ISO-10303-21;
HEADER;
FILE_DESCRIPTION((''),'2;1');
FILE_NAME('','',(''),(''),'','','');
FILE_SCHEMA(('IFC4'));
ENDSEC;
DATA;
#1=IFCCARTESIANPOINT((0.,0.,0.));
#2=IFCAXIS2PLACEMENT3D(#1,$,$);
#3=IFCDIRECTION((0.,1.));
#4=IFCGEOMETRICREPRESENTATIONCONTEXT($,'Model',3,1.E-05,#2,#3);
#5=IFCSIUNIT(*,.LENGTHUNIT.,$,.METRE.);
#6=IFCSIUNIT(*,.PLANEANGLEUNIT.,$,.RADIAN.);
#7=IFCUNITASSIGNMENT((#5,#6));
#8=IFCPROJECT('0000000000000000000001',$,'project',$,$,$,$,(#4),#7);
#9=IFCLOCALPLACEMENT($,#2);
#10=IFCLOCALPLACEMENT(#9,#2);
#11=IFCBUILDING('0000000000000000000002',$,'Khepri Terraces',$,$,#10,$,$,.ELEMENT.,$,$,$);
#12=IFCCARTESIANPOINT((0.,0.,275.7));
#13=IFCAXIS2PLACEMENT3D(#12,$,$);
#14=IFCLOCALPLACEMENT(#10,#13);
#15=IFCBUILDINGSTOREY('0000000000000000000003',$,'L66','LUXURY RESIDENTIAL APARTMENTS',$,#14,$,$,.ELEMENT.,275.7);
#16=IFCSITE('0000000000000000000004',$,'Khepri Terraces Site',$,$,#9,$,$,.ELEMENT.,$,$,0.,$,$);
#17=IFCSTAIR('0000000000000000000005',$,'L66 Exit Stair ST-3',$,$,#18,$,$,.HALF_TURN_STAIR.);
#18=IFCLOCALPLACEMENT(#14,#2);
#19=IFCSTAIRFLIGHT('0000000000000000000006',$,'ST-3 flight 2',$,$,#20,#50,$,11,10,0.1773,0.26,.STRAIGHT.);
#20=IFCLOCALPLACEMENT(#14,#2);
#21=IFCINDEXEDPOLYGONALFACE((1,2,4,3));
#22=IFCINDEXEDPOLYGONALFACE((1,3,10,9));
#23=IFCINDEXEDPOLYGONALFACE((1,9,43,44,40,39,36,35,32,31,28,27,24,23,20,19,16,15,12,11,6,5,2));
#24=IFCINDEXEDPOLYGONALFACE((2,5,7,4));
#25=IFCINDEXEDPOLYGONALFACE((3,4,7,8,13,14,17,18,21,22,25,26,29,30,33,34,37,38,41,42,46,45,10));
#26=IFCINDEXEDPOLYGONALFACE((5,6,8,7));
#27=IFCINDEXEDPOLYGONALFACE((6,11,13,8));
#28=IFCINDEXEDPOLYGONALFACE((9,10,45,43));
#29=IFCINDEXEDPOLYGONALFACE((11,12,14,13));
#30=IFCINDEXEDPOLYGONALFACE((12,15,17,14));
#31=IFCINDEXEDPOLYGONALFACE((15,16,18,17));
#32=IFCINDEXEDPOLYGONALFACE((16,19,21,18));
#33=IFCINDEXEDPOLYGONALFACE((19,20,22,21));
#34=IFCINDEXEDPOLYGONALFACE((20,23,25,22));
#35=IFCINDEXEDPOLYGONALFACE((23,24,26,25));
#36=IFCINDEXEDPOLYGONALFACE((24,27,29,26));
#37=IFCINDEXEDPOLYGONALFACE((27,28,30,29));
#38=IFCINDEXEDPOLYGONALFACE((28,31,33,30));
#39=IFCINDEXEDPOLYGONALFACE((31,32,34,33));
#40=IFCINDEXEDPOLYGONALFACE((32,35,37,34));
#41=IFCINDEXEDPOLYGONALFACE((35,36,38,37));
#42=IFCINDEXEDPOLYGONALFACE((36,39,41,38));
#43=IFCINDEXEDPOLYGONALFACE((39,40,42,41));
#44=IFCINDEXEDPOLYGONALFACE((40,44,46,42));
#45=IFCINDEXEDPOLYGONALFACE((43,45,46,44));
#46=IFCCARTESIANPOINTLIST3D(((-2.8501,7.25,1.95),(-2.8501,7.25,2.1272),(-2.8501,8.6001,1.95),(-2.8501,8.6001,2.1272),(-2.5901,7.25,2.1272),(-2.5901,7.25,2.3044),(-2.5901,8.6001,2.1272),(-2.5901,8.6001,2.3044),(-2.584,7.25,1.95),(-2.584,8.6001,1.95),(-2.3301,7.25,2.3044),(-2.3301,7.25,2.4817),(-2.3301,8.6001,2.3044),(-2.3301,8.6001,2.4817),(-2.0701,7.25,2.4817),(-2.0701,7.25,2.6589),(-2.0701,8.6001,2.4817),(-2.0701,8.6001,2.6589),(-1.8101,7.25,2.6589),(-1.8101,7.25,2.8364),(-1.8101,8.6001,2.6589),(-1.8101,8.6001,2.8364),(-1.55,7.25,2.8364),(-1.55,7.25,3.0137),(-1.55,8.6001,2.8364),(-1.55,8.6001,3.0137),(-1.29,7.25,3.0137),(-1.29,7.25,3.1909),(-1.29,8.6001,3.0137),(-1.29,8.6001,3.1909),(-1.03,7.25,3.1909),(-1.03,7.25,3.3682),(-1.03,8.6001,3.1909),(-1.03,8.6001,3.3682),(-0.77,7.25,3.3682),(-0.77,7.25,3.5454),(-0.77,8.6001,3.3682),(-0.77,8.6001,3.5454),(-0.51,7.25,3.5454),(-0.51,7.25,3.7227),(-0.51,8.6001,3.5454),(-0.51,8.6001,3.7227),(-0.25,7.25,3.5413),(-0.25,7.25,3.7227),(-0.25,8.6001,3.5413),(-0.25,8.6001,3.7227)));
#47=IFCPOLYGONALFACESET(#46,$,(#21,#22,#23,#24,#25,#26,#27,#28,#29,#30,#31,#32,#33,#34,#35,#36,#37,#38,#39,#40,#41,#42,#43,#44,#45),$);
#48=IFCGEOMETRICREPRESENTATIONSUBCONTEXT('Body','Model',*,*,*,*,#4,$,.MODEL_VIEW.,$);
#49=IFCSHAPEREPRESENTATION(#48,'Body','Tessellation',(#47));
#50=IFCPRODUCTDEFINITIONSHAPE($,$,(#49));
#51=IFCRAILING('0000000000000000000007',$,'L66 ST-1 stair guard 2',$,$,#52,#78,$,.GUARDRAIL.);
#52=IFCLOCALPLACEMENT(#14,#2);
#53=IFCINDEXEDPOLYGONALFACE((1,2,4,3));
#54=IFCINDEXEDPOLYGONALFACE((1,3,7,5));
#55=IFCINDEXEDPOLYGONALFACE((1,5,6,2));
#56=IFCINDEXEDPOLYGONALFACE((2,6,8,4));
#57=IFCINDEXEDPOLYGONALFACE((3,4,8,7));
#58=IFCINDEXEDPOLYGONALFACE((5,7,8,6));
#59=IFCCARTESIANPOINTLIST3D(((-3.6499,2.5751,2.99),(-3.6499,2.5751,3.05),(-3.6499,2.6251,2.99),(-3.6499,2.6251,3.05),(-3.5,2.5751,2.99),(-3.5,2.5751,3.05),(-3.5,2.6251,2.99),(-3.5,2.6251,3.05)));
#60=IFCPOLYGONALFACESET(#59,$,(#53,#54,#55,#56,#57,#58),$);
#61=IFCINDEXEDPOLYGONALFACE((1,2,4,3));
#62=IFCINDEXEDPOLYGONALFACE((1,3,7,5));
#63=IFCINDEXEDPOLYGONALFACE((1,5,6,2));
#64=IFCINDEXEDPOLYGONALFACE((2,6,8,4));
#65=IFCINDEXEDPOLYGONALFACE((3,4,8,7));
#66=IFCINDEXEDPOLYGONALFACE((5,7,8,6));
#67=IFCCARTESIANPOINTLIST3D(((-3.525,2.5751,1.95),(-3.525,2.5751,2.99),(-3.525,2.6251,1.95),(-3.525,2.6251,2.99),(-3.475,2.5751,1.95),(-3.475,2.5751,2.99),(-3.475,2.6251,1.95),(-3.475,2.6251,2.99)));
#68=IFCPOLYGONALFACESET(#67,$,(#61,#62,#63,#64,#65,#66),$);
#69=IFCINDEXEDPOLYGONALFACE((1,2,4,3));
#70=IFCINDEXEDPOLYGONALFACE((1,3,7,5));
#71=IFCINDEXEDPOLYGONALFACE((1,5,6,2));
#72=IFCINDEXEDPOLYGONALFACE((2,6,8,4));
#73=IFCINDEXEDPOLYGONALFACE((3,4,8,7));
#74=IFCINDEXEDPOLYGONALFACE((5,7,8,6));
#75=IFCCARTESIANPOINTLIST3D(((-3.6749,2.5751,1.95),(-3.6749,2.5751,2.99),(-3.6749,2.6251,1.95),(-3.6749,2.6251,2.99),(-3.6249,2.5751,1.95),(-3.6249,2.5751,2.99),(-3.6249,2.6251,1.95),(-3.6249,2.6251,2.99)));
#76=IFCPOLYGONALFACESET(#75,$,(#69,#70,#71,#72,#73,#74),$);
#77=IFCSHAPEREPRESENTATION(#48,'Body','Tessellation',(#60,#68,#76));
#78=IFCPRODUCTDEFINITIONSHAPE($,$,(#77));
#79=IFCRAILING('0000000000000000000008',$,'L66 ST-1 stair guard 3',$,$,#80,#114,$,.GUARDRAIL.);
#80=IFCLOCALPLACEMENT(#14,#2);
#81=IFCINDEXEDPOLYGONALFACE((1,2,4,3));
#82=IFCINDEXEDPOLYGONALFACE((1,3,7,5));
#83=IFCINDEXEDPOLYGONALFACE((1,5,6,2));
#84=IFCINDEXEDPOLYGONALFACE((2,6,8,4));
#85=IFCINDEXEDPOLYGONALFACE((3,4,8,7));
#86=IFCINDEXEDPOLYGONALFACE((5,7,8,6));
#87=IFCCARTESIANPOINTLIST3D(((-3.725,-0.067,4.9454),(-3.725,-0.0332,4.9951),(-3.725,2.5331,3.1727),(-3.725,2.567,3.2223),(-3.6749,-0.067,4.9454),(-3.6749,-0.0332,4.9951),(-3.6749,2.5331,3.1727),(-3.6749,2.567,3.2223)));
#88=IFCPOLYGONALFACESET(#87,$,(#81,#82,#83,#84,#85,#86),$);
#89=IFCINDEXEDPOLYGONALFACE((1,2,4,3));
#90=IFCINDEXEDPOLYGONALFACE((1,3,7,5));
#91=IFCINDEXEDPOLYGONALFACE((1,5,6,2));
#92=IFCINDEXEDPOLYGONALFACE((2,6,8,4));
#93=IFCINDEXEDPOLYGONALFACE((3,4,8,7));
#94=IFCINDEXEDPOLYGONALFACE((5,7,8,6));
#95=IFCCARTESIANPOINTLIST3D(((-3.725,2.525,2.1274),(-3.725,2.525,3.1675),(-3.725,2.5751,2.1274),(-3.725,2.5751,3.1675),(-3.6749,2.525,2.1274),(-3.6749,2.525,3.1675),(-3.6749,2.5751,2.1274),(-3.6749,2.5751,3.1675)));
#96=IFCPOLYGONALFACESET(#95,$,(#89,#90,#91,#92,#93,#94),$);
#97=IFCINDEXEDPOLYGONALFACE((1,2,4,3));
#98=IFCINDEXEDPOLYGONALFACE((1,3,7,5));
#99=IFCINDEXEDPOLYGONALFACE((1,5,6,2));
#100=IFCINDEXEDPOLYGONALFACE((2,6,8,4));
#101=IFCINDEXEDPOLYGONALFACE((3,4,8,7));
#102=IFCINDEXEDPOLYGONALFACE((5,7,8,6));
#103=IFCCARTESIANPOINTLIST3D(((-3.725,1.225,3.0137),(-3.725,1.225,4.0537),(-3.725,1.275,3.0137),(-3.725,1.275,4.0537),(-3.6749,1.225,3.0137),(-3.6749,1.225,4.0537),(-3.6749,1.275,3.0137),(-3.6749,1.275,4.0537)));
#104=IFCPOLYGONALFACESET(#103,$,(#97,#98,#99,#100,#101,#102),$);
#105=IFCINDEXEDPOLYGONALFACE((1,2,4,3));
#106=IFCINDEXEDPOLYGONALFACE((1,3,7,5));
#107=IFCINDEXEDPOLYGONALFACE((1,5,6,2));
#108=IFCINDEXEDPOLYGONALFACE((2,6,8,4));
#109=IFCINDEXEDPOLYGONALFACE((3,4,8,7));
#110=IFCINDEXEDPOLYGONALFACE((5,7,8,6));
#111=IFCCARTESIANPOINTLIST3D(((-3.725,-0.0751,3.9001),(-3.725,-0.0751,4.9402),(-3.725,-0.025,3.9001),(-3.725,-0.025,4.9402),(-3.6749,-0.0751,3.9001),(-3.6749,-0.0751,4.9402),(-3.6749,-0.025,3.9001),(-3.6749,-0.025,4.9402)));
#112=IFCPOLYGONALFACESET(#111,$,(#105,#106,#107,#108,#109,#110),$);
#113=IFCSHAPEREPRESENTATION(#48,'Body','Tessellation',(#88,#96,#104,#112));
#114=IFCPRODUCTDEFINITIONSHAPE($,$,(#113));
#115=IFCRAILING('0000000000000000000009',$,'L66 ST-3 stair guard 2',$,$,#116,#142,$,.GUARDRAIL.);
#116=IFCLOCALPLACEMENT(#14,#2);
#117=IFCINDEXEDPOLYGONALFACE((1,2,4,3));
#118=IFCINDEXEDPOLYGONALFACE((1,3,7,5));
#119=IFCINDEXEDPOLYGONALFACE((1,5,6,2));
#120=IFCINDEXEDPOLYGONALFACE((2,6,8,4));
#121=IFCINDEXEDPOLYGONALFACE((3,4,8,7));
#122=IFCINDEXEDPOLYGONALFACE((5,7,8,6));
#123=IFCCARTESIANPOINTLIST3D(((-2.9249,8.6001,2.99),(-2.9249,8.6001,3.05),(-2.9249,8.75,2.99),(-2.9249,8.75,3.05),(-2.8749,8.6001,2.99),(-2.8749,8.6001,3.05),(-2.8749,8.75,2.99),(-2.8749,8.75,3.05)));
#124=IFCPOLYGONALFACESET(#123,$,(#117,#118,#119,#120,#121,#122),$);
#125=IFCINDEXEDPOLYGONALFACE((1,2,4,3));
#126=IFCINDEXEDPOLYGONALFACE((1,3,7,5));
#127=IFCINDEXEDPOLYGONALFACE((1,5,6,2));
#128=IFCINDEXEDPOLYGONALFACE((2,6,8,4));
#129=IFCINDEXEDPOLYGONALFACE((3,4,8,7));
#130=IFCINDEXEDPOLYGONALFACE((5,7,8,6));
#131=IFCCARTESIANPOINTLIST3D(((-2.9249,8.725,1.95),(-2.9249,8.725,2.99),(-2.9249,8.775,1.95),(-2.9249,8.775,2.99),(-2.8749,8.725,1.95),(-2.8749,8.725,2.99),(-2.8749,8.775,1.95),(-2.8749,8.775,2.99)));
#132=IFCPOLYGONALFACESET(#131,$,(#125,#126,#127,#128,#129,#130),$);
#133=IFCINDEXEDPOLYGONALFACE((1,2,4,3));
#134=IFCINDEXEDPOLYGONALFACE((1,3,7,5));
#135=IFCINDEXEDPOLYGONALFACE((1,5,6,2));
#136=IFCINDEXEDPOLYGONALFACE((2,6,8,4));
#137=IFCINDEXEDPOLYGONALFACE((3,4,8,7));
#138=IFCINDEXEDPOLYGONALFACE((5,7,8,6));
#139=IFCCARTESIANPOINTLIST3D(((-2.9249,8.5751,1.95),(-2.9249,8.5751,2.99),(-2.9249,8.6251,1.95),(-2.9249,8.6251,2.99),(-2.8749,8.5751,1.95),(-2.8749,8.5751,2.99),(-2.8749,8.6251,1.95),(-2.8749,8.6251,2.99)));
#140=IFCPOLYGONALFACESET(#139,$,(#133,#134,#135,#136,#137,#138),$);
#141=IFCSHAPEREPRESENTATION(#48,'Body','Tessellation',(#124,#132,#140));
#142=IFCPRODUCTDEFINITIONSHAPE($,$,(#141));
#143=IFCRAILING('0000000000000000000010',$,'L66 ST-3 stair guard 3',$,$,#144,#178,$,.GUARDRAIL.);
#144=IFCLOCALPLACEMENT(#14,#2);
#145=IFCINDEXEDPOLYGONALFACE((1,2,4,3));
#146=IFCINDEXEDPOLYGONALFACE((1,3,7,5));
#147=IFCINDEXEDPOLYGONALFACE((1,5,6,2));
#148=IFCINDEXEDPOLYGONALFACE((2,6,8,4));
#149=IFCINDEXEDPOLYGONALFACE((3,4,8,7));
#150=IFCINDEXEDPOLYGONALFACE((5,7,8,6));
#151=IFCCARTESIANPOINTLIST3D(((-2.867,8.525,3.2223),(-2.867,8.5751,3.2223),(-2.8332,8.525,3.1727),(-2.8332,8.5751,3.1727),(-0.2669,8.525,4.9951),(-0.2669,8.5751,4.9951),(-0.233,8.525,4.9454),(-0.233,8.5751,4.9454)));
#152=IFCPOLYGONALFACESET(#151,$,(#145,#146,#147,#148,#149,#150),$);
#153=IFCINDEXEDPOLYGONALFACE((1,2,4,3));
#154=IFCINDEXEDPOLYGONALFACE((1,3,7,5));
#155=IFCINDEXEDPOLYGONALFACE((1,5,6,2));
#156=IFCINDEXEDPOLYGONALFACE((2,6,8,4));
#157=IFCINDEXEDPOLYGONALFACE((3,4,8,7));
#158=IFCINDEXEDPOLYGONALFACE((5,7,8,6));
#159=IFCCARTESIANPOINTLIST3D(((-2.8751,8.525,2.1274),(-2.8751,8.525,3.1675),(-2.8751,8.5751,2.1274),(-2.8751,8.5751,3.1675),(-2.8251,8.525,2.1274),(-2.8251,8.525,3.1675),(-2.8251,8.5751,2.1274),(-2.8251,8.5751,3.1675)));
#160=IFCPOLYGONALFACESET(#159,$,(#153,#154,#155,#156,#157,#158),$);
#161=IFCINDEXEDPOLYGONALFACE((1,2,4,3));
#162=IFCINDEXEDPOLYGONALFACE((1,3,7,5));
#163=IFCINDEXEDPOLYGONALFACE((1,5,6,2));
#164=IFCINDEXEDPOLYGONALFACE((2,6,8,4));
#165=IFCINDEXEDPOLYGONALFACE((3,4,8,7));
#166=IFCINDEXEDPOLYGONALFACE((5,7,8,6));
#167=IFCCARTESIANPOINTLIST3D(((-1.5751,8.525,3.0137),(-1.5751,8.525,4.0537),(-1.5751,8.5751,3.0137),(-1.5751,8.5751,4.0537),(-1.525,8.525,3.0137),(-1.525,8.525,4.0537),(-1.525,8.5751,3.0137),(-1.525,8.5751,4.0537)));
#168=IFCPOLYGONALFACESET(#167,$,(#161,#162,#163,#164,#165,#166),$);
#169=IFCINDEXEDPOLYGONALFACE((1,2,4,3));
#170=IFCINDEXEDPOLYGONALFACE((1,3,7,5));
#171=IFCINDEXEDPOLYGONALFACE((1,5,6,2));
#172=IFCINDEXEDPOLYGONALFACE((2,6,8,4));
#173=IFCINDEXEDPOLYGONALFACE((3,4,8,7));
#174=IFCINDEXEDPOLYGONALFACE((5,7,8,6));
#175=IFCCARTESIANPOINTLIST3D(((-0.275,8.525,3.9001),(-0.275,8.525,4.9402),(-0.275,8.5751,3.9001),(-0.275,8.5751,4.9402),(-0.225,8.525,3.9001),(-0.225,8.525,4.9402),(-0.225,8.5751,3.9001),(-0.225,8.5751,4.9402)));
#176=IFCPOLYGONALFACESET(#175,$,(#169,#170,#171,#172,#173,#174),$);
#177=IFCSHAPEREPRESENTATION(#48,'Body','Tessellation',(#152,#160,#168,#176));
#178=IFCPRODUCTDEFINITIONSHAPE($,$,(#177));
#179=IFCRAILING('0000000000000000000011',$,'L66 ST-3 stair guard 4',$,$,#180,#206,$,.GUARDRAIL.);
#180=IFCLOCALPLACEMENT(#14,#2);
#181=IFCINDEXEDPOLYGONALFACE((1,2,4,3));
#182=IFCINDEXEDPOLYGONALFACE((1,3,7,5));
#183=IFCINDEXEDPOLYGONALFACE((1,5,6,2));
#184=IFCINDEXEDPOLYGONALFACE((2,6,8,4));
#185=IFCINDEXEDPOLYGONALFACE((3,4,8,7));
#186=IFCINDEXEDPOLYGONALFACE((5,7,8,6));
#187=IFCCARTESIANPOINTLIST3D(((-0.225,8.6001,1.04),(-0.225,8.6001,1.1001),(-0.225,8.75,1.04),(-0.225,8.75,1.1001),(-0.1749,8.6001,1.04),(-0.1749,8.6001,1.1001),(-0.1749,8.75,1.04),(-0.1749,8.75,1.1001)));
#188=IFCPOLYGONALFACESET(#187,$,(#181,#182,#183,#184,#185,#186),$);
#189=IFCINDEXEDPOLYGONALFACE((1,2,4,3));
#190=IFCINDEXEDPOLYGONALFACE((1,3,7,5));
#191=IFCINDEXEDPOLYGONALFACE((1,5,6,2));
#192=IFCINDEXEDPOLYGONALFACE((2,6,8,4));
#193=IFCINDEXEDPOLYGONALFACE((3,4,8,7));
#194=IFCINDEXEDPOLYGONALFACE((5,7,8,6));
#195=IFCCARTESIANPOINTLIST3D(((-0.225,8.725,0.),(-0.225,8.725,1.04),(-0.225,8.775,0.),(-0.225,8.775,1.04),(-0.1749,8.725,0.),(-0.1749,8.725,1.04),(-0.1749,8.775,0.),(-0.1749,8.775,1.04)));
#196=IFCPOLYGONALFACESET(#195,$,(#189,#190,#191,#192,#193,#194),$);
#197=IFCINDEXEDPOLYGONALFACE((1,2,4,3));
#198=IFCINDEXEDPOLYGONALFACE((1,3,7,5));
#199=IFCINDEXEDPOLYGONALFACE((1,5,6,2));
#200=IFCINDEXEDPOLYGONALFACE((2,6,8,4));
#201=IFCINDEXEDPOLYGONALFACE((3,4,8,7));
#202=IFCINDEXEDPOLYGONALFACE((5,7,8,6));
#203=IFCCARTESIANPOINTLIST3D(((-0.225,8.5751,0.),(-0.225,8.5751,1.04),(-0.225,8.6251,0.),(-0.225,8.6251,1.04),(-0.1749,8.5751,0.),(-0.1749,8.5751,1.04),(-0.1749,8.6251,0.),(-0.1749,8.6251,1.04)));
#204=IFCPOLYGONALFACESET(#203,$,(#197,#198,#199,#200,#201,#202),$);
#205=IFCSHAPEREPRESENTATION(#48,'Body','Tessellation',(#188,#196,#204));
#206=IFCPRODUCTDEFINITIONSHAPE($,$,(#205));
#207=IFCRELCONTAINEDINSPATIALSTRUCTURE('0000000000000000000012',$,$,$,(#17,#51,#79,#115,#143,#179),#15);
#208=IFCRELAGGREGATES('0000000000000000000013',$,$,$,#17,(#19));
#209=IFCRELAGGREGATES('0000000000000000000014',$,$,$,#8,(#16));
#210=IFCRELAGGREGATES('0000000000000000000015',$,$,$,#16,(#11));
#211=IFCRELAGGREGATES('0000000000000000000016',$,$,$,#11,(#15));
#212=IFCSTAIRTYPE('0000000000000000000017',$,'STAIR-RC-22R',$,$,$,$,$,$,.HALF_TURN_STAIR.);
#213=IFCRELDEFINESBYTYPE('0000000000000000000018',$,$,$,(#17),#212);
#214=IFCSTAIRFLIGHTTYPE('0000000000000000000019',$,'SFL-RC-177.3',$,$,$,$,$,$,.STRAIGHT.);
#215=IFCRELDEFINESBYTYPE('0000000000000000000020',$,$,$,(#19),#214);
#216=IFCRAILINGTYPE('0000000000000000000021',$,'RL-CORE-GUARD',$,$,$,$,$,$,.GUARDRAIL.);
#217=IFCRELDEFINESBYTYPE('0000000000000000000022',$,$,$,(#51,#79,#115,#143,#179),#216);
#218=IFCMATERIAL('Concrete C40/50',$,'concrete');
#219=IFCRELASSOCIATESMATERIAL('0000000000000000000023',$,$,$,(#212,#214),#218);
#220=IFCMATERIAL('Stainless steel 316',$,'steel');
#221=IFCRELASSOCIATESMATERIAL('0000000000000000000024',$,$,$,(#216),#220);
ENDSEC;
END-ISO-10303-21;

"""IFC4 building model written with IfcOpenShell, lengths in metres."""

from ifc_helpers import new_model, si_unit, direction, frame, origin, origin_2d, place, context, subcontext, project, spatial, polyline, rectangle, outline, extrude, material, type_object, element, aggregate, save


model = new_model("IFC4")

# Units and contexts
model_context = context("Model", 3, precision=1e-05, world=origin(), true_north=direction((0.0, 1.0)))
body_context = subcontext(model_context, "Body", "Model", "MODEL_VIEW")
ifc_project = project(units=[si_unit("LENGTHUNIT", "METRE"), si_unit("PLANEANGLEUNIT", "RADIAN")], contexts=[model_context])

# Site, building, storey
site_placement = place(None, origin())
site = spatial("IfcSite", under=ifc_project, at=site_placement, Name="Khepri Terraces Site", CompositionType="ELEMENT", RefElevation=0.0)
building_placement = place(site_placement, origin())
building = spatial("IfcBuilding", under=site, at=building_placement, Name="Khepri Terraces", CompositionType="ELEMENT")
storey_placement = place(building_placement, frame((0.0, 0.0, 275.7)))
storey = spatial("IfcBuildingStorey", under=building, at=storey_placement, Name="L66", Description="LUXURY RESIDENTIAL APARTMENTS", CompositionType="ELEMENT", Elevation=275.7)

# Shared definitions
ifc_material_1 = material(Name="Concrete C40/50", Category="concrete")

# Stair, stair flight
stair_type = type_object("IfcStairType", Name="STAIR-RC-22R", PredefinedType="HALF_TURN_STAIR", material=ifc_material_1)
stair_flight_type = type_object("IfcStairFlightType", Name="SFL-RC-177.3", PredefinedType="STRAIGHT", material=ifc_material_1)
stair_1_placement = place(storey_placement, origin())
stair_1 = element("IfcStair", 1, at=stair_1_placement, inside=storey, type_object=stair_type, Name="L66 Exit Stair ST-3", PredefinedType="HALF_TURN_STAIR")
stair_flight_1_placement = place(storey_placement, frame((-2.8501, 7.925, 1.95), z_axis=(0.0, 0.0, 1.0), x_axis=(1.0, 0.0, 0.0)))
stair_flight_1 = element("IfcStairFlight", 2, at=stair_flight_1_placement, type_object=stair_flight_type, Name="ST-3 flight 2", NumberOfRisers=11, NumberOfTreads=10, PredefinedType="STRAIGHT", RiserHeight=0.1773, TreadLength=0.26, context=body_context, shape_type="SweptSolid", body=[
    extrude(outline(polyline([(0.0, 0.0), (0.0, 0.1772), (0.26, 0.1772), (0.26, 0.3545), (0.52, 0.3545), (0.52, 0.5317), (0.78, 0.5317), (0.78, 0.709), (1.04, 0.709), (1.04, 0.8865), (1.3, 0.8865), (1.3, 1.0637), (1.5601, 1.0637), (1.5601, 1.241), (1.8201, 1.241), (1.8201, 1.4182), (2.0801, 1.4182), (2.0801, 1.5955), (2.3401, 1.5955), (2.3401, 1.7727), (2.6001, 1.7727), (2.6001, 1.95), (2.6001, 1.5913), (0.2661, 0.0), (0.0, 0.0)])), frame((0.0, 0.675, 0.0), z_axis=(0.0, -1.0, 0.0), x_axis=(1.0, 0.0, 0.0)), (0.0, 0.0, 1.0), 1.3501),
])
aggregate(stair_1, [stair_flight_1])

# Railings
ifc_material_2 = material(Name="Stainless steel 316", Category="steel")
railing_type_1 = type_object("IfcRailingType", Name="RL-CORE-GUARD", PredefinedType="GUARDRAIL", material=ifc_material_2)
railing_1_placement = place(storey_placement, frame((-3.5, 2.6001, 1.95)))
element("IfcRailing", 3, at=railing_1_placement, inside=storey, type_object=railing_type_1, Name="L66 ST-1 stair guard 2", PredefinedType="GUARDRAIL", context=body_context, shape_type="SweptSolid", body=[
    extrude(rectangle(XDim=0.05, YDim=0.0601, at=origin_2d()), frame((0.0, 0.0, 1.0701), z_axis=(-1.0, 0.0, 0.0), x_axis=(0.0, -1.0, 0.0)), (0.0, 0.0, 1.0), 0.1499),
    extrude(rectangle(XDim=0.05, YDim=0.05, at=origin_2d()), origin(), (0.0, 0.0, 1.0), 1.04),
    extrude(rectangle(XDim=0.05, YDim=0.05, at=origin_2d()), frame((-0.1499, 0.0, 0.0)), (0.0, 0.0, 1.0), 1.04),
])
railing_2_placement = place(storey_placement, frame((-3.7, 2.55, 2.1274)))
element("IfcRailing", 4, at=railing_2_placement, inside=storey, type_object=railing_type_1, Name="L66 ST-1 stair guard 3", PredefinedType="GUARDRAIL", context=body_context, shape_type="SweptSolid", body=[
    extrude(rectangle(XDim=0.05, YDim=0.0601, at=origin_2d()), frame((0.0, 0.0, 1.0701), z_axis=(0.0, -0.82624, 0.563318), x_axis=(1.0, 0.0, 0.0)), (0.0, 0.0, 1.0), 3.147),
    extrude(rectangle(XDim=0.05, YDim=0.05, at=origin_2d()), origin(), (0.0, 0.0, 1.0), 1.04),
    extrude(rectangle(XDim=0.05, YDim=0.05, at=origin_2d()), frame((0.0, -1.3, 0.8862)), (0.0, 0.0, 1.0), 1.04),
    extrude(rectangle(XDim=0.05, YDim=0.05, at=origin_2d()), frame((0.0, -2.6001, 1.7727)), (0.0, 0.0, 1.0), 1.04),
])
railing_3_placement = place(storey_placement, frame((-2.8999, 8.75, 1.95)))
element("IfcRailing", 5, at=railing_3_placement, inside=storey, type_object=railing_type_1, Name="L66 ST-3 stair guard 2", PredefinedType="GUARDRAIL", context=body_context, shape_type="SweptSolid", body=[
    extrude(rectangle(XDim=0.05, YDim=0.0601, at=origin_2d()), frame((0.0, 0.0, 1.0701), z_axis=(0.0, -1.0, 0.0), x_axis=(1.0, 0.0, 0.0)), (0.0, 0.0, 1.0), 0.1499),
    extrude(rectangle(XDim=0.05, YDim=0.05, at=origin_2d()), origin(), (0.0, 0.0, 1.0), 1.04),
    extrude(rectangle(XDim=0.05, YDim=0.05, at=origin_2d()), frame((0.0, -0.1499, 0.0)), (0.0, 0.0, 1.0), 1.04),
])
railing_4_placement = place(storey_placement, frame((-2.8501, 8.55, 2.1274)))
element("IfcRailing", 6, at=railing_4_placement, inside=storey, type_object=railing_type_1, Name="L66 ST-3 stair guard 3", PredefinedType="GUARDRAIL", context=body_context, shape_type="SweptSolid", body=[
    extrude(rectangle(XDim=0.05, YDim=0.0601, at=origin_2d()), frame((0.0, 0.0, 1.0701), z_axis=(0.82624, 0.0, 0.563318), x_axis=(0.0, 1.0, 0.0)), (0.0, 0.0, 1.0), 3.147),
    extrude(rectangle(XDim=0.05, YDim=0.05, at=origin_2d()), origin(), (0.0, 0.0, 1.0), 1.04),
    extrude(rectangle(XDim=0.05, YDim=0.05, at=origin_2d()), frame((1.3, 0.0, 0.8862)), (0.0, 0.0, 1.0), 1.04),
    extrude(rectangle(XDim=0.05, YDim=0.05, at=origin_2d()), frame((2.6001, 0.0, 1.7727)), (0.0, 0.0, 1.0), 1.04),
])
railing_5_placement = place(storey_placement, frame((-0.2, 8.75, 0.0)))
element("IfcRailing", 7, at=railing_5_placement, inside=storey, type_object=railing_type_1, Name="L66 ST-3 stair guard 4", PredefinedType="GUARDRAIL", context=body_context, shape_type="SweptSolid", body=[
    extrude(rectangle(XDim=0.05, YDim=0.0601, at=origin_2d()), frame((0.0, 0.0, 1.0701), z_axis=(0.0, -1.0, 0.0), x_axis=(1.0, 0.0, 0.0)), (0.0, 0.0, 1.0), 0.1499),
    extrude(rectangle(XDim=0.05, YDim=0.05, at=origin_2d()), origin(), (0.0, 0.0, 1.0), 1.04),
    extrude(rectangle(XDim=0.05, YDim=0.05, at=origin_2d()), frame((0.0, -0.1499, 0.0)), (0.0, 0.0, 1.0), 1.04),
])

save(model, "model.ifc")
